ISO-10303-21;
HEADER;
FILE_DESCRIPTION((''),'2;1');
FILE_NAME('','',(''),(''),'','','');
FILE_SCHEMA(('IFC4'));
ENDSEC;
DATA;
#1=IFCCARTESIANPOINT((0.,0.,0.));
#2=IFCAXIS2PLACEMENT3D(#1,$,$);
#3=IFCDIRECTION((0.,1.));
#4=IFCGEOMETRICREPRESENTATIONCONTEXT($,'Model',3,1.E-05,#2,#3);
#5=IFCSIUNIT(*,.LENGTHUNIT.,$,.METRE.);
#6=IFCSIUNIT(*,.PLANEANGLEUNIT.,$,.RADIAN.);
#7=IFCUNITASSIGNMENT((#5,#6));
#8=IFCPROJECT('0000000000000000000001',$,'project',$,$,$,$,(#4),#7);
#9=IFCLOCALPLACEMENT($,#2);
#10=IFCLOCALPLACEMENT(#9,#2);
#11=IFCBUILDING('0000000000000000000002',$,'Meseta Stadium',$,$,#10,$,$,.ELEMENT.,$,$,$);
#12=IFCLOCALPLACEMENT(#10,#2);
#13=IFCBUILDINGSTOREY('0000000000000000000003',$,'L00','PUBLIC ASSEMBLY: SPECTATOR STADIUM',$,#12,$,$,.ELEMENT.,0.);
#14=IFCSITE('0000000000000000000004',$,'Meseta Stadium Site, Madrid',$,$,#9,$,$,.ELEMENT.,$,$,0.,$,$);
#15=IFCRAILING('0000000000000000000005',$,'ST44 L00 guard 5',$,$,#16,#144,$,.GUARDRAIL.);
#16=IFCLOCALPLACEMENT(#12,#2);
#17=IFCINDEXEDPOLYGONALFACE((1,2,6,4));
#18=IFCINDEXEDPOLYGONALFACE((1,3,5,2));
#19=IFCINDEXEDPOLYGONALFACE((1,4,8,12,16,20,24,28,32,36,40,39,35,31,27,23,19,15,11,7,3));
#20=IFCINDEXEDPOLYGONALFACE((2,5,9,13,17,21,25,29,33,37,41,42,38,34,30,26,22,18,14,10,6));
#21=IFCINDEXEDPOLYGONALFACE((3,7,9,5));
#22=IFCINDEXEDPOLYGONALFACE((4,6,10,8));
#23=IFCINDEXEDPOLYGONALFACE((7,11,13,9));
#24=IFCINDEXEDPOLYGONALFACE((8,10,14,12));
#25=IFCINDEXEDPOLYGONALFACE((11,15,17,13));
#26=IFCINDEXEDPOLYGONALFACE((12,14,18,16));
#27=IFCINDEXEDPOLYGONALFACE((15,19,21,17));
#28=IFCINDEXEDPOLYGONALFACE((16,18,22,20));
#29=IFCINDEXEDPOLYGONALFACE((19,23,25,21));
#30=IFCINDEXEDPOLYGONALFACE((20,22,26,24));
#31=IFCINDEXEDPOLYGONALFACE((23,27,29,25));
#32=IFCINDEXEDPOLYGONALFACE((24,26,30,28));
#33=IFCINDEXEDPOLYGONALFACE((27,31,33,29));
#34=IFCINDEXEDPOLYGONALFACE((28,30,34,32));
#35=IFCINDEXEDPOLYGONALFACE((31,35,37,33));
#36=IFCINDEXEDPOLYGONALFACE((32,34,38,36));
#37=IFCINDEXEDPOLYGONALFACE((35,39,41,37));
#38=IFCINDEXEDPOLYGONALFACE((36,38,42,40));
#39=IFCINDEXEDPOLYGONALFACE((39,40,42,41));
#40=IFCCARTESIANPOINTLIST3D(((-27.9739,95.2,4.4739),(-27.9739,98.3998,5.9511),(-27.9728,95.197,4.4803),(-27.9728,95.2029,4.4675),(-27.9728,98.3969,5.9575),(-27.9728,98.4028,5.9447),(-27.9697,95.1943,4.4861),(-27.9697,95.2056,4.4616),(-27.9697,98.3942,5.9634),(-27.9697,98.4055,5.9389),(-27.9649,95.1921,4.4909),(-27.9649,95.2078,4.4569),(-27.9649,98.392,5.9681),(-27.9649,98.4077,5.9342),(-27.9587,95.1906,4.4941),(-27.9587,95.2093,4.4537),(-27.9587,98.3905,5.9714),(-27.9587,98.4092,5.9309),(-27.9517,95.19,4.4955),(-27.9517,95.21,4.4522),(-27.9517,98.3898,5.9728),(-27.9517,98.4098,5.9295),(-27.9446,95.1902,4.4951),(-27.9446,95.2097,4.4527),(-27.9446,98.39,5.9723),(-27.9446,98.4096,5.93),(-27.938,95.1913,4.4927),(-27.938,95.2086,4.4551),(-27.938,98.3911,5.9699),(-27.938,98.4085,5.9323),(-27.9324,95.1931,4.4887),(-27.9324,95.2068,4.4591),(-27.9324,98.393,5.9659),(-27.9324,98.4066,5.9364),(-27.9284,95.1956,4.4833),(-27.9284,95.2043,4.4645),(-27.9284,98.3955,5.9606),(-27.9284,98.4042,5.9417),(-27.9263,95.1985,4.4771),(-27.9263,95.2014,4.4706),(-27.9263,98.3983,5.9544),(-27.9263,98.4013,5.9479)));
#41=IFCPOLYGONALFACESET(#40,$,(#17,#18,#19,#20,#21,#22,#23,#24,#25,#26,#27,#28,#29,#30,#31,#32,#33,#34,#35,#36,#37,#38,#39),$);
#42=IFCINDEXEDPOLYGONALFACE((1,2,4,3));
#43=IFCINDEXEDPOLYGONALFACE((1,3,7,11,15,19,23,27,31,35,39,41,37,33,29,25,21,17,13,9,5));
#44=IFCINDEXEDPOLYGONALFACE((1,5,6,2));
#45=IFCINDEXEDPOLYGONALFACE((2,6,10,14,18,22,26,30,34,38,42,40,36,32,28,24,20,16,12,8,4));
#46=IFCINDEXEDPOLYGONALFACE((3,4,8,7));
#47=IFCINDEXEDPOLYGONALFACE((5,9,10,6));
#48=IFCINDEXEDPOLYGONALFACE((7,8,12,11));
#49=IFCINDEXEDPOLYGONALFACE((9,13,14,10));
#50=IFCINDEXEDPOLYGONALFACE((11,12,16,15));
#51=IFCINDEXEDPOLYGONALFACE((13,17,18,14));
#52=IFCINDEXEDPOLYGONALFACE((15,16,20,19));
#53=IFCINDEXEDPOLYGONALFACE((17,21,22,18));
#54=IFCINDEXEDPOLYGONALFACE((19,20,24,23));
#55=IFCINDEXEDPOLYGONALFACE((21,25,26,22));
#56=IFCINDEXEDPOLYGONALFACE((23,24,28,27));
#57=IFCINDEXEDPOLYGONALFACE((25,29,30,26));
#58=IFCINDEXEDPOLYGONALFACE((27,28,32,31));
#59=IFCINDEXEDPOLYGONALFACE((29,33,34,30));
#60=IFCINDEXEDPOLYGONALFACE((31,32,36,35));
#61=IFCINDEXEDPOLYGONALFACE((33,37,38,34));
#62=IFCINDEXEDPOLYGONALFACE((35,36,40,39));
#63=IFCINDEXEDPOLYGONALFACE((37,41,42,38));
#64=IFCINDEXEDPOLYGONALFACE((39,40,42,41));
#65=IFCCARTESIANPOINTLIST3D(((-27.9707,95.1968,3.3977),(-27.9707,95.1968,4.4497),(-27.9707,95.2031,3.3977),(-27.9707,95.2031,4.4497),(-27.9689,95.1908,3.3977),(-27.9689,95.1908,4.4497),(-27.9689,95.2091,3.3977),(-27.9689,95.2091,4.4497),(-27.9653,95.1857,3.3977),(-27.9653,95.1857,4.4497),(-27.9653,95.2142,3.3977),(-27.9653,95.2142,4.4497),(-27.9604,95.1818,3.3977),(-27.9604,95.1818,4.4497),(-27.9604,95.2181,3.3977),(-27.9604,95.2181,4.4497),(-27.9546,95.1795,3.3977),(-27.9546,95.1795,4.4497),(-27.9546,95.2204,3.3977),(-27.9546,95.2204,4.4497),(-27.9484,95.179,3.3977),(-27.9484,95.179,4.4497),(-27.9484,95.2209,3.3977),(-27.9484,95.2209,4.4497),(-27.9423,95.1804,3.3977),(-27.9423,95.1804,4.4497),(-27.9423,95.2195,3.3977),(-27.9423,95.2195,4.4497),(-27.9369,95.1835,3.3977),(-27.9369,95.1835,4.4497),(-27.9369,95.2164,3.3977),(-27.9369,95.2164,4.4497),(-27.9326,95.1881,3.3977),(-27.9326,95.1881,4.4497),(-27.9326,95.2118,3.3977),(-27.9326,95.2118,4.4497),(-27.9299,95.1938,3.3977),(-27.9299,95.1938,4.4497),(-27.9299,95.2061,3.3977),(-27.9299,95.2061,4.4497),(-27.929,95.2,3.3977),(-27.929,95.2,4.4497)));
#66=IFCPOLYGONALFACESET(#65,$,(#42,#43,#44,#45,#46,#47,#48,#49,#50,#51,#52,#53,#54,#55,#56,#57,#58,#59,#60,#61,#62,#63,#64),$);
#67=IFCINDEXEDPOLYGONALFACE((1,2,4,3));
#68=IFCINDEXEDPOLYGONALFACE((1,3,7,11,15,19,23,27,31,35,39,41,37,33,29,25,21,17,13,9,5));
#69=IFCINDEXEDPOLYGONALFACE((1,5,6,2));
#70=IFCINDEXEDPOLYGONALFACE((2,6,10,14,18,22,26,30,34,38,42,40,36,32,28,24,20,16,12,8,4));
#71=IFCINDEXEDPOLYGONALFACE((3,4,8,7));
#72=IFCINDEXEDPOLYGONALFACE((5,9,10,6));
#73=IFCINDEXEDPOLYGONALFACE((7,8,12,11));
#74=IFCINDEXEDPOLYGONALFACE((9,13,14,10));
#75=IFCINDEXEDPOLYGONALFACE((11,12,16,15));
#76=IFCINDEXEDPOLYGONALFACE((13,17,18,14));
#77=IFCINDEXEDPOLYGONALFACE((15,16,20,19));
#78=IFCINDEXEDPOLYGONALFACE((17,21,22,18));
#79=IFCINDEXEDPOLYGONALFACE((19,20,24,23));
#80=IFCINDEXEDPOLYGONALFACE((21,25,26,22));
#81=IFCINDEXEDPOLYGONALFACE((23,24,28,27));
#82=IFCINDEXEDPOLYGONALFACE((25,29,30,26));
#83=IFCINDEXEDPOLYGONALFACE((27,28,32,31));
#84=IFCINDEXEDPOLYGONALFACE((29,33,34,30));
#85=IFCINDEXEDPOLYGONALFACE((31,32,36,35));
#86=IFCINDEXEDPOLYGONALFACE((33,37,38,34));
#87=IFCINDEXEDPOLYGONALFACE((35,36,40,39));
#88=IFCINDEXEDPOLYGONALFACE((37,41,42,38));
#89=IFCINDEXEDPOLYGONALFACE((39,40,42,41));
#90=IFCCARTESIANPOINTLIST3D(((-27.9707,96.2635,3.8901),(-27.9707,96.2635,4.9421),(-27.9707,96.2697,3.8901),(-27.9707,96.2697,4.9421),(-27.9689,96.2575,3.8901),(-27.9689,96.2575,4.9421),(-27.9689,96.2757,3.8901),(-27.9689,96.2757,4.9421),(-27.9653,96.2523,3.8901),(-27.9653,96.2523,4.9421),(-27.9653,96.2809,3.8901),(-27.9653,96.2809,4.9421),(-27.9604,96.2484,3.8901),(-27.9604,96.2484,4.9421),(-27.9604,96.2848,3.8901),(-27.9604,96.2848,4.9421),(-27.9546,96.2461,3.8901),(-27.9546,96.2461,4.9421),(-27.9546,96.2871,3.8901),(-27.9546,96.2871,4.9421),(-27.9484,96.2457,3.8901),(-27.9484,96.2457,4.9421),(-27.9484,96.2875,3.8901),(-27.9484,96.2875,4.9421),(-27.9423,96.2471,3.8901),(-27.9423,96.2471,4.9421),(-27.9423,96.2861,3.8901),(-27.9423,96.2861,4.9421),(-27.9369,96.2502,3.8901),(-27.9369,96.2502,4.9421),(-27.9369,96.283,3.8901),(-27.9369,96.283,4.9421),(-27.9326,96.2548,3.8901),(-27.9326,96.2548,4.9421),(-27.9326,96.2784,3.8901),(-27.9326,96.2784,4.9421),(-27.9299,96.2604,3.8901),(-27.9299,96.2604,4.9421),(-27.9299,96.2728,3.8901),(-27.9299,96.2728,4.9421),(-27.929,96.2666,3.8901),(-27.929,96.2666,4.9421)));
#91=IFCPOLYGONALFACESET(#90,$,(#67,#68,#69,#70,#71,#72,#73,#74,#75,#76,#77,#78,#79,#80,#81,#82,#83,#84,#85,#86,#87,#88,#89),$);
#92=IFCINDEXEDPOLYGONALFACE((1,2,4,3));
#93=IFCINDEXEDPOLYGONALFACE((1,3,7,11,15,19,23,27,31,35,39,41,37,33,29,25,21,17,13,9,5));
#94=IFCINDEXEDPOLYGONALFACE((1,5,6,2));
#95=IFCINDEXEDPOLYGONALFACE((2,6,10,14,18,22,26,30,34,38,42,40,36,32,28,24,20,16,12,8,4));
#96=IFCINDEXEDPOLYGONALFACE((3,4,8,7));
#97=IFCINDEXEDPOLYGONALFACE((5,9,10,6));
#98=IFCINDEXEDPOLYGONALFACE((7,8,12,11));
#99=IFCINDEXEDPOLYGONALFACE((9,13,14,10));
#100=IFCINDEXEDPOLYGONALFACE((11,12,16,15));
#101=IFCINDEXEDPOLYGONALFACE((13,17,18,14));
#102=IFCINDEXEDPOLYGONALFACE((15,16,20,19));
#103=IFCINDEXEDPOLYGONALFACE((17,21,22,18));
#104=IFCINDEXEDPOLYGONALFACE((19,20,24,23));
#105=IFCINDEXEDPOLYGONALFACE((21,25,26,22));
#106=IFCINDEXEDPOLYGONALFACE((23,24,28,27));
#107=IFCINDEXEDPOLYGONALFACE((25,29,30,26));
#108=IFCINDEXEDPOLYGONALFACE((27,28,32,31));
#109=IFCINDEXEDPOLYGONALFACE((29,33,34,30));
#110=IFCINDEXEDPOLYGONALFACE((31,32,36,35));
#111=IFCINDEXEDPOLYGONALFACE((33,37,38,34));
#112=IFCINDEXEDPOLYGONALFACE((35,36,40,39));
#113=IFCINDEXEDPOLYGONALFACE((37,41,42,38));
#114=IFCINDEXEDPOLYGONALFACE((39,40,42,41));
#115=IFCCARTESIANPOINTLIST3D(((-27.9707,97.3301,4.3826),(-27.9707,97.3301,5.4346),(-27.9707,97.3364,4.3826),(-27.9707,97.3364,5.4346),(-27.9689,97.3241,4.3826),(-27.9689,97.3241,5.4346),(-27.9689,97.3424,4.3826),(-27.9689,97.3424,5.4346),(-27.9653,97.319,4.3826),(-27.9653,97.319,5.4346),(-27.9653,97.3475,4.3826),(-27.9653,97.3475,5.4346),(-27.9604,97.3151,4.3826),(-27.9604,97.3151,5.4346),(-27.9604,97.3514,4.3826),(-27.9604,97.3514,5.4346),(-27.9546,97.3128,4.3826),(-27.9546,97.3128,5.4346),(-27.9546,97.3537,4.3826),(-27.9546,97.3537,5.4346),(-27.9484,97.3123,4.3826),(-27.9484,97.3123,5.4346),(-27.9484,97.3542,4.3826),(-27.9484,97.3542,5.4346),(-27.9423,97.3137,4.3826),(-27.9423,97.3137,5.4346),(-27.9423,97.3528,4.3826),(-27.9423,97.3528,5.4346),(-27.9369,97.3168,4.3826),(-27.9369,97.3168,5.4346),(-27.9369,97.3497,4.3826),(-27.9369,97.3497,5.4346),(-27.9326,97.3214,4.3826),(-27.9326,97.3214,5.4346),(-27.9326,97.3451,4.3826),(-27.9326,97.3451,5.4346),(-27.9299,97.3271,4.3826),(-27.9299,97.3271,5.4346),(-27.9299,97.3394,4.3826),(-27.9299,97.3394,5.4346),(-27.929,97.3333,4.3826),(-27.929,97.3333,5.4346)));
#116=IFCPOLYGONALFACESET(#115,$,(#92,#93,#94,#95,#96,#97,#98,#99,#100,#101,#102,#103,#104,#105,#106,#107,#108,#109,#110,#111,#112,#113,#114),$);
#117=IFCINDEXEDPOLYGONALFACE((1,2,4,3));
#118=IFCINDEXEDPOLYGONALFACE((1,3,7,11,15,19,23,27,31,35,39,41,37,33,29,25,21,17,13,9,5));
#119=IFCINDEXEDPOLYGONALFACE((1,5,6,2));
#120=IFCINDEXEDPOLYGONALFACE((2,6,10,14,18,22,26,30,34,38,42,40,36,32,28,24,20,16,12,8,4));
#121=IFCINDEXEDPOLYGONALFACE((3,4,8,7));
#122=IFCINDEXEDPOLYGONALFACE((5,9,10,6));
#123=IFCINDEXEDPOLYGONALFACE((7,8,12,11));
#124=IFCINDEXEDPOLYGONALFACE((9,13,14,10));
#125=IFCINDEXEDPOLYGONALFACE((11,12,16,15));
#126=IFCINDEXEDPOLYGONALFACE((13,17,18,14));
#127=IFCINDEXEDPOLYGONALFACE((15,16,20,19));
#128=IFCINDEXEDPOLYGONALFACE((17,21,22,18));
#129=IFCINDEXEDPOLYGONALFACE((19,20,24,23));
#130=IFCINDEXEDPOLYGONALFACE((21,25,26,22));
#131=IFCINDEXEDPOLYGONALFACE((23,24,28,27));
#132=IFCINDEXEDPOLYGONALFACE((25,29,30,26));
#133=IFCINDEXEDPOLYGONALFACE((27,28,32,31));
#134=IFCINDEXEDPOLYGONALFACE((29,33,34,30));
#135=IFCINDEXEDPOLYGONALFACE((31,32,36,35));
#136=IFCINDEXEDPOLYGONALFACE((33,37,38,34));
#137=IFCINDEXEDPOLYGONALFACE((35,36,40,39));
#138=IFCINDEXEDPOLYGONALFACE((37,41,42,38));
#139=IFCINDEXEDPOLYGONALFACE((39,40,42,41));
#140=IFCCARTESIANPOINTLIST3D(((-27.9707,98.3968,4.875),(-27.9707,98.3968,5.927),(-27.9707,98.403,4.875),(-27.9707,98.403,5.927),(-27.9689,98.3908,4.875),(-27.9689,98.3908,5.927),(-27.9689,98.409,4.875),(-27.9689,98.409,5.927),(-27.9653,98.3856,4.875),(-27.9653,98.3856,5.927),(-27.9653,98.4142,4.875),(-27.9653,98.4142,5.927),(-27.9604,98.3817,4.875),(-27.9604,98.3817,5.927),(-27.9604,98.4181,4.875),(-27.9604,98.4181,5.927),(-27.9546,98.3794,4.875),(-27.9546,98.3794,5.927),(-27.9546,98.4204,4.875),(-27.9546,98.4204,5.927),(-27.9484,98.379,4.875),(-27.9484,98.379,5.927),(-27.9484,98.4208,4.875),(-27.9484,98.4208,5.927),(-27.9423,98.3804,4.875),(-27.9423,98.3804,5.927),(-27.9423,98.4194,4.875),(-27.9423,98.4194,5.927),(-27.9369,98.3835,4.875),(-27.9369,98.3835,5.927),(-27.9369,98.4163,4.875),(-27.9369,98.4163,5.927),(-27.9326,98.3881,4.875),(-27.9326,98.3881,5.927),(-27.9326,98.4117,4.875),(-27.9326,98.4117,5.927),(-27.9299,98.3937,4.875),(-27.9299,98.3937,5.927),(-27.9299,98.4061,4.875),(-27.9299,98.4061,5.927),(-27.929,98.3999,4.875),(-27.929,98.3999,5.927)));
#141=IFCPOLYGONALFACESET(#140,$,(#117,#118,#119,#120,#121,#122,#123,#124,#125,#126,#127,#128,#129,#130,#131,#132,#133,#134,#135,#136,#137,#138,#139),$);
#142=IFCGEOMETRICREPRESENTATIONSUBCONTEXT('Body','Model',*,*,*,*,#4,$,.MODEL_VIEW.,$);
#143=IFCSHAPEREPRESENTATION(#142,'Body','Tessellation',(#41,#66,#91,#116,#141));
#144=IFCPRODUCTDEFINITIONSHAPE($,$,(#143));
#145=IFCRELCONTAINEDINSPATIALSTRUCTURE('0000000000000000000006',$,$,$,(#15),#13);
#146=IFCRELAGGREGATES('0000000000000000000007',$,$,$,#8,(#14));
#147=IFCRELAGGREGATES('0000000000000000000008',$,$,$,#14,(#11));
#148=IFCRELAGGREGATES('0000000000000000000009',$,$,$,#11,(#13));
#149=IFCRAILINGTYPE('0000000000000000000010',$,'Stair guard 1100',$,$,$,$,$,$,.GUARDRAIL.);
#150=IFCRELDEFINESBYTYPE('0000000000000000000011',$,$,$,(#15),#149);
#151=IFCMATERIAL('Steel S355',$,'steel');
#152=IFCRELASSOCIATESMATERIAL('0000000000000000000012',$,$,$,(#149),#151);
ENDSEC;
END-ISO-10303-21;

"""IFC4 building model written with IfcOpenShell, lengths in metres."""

from ifc_helpers import new_model, si_unit, direction, frame, origin, origin_2d, place, context, subcontext, project, spatial, circle, extrude, material, type_object, element, save


model = new_model("IFC4")

# Units and contexts
model_context = context("Model", 3, precision=1e-05, world=origin(), true_north=direction((0.0, 1.0)))
body_context = subcontext(model_context, "Body", "Model", "MODEL_VIEW")
ifc_project = project(units=[si_unit("LENGTHUNIT", "METRE"), si_unit("PLANEANGLEUNIT", "RADIAN")], contexts=[model_context])

# Site, building, storey
site_placement = place(None, origin())
site = spatial("IfcSite", under=ifc_project, at=site_placement, Name="Meseta Stadium Site, Madrid", CompositionType="ELEMENT", RefElevation=0.0)
building_placement = place(site_placement, origin())
building = spatial("IfcBuilding", under=site, at=building_placement, Name="Meseta Stadium", CompositionType="ELEMENT")
storey_placement = place(building_placement, origin())
storey = spatial("IfcBuildingStorey", under=building, at=storey_placement, Name="L00", Description="PUBLIC ASSEMBLY: SPECTATOR STADIUM", CompositionType="ELEMENT", Elevation=0.0)

# Railing
ifc_material_1 = material(Name="Steel S355", Category="steel")
railing_type_1 = type_object("IfcRailingType", Name="Stair guard 1100", PredefinedType="GUARDRAIL", material=ifc_material_1)
railing_1_placement = place(storey_placement, frame((-27.95, 95.2, 3.3977)))
element("IfcRailing", 1, at=railing_1_placement, inside=storey, type_object=railing_type_1, Name="ST44 L00 guard 5", PredefinedType="GUARDRAIL", context=body_context, shape_type="SweptSolid", body=[
    extrude(circle(Radius=0.0239, at=origin_2d()), frame((0.0, 0.0, 1.0762), z_axis=(0.0, 0.907917, 0.41915), x_axis=(-1.0, 0.0, 0.0)), (0.0, 0.0, 1.0), 3.5244),
    extrude(circle(Radius=0.021, at=origin_2d()), origin(), (0.0, 0.0, 1.0), 1.052),
    extrude(circle(Radius=0.021, at=origin_2d()), frame((0.0, 1.0667, 0.4924)), (0.0, 0.0, 1.0), 1.052),
    extrude(circle(Radius=0.021, at=origin_2d()), frame((0.0, 2.1333, 0.9849)), (0.0, 0.0, 1.0), 1.052),
    extrude(circle(Radius=0.021, at=origin_2d()), frame((0.0, 3.2, 1.4773)), (0.0, 0.0, 1.0), 1.052),
])

save(model, "model.ifc")
